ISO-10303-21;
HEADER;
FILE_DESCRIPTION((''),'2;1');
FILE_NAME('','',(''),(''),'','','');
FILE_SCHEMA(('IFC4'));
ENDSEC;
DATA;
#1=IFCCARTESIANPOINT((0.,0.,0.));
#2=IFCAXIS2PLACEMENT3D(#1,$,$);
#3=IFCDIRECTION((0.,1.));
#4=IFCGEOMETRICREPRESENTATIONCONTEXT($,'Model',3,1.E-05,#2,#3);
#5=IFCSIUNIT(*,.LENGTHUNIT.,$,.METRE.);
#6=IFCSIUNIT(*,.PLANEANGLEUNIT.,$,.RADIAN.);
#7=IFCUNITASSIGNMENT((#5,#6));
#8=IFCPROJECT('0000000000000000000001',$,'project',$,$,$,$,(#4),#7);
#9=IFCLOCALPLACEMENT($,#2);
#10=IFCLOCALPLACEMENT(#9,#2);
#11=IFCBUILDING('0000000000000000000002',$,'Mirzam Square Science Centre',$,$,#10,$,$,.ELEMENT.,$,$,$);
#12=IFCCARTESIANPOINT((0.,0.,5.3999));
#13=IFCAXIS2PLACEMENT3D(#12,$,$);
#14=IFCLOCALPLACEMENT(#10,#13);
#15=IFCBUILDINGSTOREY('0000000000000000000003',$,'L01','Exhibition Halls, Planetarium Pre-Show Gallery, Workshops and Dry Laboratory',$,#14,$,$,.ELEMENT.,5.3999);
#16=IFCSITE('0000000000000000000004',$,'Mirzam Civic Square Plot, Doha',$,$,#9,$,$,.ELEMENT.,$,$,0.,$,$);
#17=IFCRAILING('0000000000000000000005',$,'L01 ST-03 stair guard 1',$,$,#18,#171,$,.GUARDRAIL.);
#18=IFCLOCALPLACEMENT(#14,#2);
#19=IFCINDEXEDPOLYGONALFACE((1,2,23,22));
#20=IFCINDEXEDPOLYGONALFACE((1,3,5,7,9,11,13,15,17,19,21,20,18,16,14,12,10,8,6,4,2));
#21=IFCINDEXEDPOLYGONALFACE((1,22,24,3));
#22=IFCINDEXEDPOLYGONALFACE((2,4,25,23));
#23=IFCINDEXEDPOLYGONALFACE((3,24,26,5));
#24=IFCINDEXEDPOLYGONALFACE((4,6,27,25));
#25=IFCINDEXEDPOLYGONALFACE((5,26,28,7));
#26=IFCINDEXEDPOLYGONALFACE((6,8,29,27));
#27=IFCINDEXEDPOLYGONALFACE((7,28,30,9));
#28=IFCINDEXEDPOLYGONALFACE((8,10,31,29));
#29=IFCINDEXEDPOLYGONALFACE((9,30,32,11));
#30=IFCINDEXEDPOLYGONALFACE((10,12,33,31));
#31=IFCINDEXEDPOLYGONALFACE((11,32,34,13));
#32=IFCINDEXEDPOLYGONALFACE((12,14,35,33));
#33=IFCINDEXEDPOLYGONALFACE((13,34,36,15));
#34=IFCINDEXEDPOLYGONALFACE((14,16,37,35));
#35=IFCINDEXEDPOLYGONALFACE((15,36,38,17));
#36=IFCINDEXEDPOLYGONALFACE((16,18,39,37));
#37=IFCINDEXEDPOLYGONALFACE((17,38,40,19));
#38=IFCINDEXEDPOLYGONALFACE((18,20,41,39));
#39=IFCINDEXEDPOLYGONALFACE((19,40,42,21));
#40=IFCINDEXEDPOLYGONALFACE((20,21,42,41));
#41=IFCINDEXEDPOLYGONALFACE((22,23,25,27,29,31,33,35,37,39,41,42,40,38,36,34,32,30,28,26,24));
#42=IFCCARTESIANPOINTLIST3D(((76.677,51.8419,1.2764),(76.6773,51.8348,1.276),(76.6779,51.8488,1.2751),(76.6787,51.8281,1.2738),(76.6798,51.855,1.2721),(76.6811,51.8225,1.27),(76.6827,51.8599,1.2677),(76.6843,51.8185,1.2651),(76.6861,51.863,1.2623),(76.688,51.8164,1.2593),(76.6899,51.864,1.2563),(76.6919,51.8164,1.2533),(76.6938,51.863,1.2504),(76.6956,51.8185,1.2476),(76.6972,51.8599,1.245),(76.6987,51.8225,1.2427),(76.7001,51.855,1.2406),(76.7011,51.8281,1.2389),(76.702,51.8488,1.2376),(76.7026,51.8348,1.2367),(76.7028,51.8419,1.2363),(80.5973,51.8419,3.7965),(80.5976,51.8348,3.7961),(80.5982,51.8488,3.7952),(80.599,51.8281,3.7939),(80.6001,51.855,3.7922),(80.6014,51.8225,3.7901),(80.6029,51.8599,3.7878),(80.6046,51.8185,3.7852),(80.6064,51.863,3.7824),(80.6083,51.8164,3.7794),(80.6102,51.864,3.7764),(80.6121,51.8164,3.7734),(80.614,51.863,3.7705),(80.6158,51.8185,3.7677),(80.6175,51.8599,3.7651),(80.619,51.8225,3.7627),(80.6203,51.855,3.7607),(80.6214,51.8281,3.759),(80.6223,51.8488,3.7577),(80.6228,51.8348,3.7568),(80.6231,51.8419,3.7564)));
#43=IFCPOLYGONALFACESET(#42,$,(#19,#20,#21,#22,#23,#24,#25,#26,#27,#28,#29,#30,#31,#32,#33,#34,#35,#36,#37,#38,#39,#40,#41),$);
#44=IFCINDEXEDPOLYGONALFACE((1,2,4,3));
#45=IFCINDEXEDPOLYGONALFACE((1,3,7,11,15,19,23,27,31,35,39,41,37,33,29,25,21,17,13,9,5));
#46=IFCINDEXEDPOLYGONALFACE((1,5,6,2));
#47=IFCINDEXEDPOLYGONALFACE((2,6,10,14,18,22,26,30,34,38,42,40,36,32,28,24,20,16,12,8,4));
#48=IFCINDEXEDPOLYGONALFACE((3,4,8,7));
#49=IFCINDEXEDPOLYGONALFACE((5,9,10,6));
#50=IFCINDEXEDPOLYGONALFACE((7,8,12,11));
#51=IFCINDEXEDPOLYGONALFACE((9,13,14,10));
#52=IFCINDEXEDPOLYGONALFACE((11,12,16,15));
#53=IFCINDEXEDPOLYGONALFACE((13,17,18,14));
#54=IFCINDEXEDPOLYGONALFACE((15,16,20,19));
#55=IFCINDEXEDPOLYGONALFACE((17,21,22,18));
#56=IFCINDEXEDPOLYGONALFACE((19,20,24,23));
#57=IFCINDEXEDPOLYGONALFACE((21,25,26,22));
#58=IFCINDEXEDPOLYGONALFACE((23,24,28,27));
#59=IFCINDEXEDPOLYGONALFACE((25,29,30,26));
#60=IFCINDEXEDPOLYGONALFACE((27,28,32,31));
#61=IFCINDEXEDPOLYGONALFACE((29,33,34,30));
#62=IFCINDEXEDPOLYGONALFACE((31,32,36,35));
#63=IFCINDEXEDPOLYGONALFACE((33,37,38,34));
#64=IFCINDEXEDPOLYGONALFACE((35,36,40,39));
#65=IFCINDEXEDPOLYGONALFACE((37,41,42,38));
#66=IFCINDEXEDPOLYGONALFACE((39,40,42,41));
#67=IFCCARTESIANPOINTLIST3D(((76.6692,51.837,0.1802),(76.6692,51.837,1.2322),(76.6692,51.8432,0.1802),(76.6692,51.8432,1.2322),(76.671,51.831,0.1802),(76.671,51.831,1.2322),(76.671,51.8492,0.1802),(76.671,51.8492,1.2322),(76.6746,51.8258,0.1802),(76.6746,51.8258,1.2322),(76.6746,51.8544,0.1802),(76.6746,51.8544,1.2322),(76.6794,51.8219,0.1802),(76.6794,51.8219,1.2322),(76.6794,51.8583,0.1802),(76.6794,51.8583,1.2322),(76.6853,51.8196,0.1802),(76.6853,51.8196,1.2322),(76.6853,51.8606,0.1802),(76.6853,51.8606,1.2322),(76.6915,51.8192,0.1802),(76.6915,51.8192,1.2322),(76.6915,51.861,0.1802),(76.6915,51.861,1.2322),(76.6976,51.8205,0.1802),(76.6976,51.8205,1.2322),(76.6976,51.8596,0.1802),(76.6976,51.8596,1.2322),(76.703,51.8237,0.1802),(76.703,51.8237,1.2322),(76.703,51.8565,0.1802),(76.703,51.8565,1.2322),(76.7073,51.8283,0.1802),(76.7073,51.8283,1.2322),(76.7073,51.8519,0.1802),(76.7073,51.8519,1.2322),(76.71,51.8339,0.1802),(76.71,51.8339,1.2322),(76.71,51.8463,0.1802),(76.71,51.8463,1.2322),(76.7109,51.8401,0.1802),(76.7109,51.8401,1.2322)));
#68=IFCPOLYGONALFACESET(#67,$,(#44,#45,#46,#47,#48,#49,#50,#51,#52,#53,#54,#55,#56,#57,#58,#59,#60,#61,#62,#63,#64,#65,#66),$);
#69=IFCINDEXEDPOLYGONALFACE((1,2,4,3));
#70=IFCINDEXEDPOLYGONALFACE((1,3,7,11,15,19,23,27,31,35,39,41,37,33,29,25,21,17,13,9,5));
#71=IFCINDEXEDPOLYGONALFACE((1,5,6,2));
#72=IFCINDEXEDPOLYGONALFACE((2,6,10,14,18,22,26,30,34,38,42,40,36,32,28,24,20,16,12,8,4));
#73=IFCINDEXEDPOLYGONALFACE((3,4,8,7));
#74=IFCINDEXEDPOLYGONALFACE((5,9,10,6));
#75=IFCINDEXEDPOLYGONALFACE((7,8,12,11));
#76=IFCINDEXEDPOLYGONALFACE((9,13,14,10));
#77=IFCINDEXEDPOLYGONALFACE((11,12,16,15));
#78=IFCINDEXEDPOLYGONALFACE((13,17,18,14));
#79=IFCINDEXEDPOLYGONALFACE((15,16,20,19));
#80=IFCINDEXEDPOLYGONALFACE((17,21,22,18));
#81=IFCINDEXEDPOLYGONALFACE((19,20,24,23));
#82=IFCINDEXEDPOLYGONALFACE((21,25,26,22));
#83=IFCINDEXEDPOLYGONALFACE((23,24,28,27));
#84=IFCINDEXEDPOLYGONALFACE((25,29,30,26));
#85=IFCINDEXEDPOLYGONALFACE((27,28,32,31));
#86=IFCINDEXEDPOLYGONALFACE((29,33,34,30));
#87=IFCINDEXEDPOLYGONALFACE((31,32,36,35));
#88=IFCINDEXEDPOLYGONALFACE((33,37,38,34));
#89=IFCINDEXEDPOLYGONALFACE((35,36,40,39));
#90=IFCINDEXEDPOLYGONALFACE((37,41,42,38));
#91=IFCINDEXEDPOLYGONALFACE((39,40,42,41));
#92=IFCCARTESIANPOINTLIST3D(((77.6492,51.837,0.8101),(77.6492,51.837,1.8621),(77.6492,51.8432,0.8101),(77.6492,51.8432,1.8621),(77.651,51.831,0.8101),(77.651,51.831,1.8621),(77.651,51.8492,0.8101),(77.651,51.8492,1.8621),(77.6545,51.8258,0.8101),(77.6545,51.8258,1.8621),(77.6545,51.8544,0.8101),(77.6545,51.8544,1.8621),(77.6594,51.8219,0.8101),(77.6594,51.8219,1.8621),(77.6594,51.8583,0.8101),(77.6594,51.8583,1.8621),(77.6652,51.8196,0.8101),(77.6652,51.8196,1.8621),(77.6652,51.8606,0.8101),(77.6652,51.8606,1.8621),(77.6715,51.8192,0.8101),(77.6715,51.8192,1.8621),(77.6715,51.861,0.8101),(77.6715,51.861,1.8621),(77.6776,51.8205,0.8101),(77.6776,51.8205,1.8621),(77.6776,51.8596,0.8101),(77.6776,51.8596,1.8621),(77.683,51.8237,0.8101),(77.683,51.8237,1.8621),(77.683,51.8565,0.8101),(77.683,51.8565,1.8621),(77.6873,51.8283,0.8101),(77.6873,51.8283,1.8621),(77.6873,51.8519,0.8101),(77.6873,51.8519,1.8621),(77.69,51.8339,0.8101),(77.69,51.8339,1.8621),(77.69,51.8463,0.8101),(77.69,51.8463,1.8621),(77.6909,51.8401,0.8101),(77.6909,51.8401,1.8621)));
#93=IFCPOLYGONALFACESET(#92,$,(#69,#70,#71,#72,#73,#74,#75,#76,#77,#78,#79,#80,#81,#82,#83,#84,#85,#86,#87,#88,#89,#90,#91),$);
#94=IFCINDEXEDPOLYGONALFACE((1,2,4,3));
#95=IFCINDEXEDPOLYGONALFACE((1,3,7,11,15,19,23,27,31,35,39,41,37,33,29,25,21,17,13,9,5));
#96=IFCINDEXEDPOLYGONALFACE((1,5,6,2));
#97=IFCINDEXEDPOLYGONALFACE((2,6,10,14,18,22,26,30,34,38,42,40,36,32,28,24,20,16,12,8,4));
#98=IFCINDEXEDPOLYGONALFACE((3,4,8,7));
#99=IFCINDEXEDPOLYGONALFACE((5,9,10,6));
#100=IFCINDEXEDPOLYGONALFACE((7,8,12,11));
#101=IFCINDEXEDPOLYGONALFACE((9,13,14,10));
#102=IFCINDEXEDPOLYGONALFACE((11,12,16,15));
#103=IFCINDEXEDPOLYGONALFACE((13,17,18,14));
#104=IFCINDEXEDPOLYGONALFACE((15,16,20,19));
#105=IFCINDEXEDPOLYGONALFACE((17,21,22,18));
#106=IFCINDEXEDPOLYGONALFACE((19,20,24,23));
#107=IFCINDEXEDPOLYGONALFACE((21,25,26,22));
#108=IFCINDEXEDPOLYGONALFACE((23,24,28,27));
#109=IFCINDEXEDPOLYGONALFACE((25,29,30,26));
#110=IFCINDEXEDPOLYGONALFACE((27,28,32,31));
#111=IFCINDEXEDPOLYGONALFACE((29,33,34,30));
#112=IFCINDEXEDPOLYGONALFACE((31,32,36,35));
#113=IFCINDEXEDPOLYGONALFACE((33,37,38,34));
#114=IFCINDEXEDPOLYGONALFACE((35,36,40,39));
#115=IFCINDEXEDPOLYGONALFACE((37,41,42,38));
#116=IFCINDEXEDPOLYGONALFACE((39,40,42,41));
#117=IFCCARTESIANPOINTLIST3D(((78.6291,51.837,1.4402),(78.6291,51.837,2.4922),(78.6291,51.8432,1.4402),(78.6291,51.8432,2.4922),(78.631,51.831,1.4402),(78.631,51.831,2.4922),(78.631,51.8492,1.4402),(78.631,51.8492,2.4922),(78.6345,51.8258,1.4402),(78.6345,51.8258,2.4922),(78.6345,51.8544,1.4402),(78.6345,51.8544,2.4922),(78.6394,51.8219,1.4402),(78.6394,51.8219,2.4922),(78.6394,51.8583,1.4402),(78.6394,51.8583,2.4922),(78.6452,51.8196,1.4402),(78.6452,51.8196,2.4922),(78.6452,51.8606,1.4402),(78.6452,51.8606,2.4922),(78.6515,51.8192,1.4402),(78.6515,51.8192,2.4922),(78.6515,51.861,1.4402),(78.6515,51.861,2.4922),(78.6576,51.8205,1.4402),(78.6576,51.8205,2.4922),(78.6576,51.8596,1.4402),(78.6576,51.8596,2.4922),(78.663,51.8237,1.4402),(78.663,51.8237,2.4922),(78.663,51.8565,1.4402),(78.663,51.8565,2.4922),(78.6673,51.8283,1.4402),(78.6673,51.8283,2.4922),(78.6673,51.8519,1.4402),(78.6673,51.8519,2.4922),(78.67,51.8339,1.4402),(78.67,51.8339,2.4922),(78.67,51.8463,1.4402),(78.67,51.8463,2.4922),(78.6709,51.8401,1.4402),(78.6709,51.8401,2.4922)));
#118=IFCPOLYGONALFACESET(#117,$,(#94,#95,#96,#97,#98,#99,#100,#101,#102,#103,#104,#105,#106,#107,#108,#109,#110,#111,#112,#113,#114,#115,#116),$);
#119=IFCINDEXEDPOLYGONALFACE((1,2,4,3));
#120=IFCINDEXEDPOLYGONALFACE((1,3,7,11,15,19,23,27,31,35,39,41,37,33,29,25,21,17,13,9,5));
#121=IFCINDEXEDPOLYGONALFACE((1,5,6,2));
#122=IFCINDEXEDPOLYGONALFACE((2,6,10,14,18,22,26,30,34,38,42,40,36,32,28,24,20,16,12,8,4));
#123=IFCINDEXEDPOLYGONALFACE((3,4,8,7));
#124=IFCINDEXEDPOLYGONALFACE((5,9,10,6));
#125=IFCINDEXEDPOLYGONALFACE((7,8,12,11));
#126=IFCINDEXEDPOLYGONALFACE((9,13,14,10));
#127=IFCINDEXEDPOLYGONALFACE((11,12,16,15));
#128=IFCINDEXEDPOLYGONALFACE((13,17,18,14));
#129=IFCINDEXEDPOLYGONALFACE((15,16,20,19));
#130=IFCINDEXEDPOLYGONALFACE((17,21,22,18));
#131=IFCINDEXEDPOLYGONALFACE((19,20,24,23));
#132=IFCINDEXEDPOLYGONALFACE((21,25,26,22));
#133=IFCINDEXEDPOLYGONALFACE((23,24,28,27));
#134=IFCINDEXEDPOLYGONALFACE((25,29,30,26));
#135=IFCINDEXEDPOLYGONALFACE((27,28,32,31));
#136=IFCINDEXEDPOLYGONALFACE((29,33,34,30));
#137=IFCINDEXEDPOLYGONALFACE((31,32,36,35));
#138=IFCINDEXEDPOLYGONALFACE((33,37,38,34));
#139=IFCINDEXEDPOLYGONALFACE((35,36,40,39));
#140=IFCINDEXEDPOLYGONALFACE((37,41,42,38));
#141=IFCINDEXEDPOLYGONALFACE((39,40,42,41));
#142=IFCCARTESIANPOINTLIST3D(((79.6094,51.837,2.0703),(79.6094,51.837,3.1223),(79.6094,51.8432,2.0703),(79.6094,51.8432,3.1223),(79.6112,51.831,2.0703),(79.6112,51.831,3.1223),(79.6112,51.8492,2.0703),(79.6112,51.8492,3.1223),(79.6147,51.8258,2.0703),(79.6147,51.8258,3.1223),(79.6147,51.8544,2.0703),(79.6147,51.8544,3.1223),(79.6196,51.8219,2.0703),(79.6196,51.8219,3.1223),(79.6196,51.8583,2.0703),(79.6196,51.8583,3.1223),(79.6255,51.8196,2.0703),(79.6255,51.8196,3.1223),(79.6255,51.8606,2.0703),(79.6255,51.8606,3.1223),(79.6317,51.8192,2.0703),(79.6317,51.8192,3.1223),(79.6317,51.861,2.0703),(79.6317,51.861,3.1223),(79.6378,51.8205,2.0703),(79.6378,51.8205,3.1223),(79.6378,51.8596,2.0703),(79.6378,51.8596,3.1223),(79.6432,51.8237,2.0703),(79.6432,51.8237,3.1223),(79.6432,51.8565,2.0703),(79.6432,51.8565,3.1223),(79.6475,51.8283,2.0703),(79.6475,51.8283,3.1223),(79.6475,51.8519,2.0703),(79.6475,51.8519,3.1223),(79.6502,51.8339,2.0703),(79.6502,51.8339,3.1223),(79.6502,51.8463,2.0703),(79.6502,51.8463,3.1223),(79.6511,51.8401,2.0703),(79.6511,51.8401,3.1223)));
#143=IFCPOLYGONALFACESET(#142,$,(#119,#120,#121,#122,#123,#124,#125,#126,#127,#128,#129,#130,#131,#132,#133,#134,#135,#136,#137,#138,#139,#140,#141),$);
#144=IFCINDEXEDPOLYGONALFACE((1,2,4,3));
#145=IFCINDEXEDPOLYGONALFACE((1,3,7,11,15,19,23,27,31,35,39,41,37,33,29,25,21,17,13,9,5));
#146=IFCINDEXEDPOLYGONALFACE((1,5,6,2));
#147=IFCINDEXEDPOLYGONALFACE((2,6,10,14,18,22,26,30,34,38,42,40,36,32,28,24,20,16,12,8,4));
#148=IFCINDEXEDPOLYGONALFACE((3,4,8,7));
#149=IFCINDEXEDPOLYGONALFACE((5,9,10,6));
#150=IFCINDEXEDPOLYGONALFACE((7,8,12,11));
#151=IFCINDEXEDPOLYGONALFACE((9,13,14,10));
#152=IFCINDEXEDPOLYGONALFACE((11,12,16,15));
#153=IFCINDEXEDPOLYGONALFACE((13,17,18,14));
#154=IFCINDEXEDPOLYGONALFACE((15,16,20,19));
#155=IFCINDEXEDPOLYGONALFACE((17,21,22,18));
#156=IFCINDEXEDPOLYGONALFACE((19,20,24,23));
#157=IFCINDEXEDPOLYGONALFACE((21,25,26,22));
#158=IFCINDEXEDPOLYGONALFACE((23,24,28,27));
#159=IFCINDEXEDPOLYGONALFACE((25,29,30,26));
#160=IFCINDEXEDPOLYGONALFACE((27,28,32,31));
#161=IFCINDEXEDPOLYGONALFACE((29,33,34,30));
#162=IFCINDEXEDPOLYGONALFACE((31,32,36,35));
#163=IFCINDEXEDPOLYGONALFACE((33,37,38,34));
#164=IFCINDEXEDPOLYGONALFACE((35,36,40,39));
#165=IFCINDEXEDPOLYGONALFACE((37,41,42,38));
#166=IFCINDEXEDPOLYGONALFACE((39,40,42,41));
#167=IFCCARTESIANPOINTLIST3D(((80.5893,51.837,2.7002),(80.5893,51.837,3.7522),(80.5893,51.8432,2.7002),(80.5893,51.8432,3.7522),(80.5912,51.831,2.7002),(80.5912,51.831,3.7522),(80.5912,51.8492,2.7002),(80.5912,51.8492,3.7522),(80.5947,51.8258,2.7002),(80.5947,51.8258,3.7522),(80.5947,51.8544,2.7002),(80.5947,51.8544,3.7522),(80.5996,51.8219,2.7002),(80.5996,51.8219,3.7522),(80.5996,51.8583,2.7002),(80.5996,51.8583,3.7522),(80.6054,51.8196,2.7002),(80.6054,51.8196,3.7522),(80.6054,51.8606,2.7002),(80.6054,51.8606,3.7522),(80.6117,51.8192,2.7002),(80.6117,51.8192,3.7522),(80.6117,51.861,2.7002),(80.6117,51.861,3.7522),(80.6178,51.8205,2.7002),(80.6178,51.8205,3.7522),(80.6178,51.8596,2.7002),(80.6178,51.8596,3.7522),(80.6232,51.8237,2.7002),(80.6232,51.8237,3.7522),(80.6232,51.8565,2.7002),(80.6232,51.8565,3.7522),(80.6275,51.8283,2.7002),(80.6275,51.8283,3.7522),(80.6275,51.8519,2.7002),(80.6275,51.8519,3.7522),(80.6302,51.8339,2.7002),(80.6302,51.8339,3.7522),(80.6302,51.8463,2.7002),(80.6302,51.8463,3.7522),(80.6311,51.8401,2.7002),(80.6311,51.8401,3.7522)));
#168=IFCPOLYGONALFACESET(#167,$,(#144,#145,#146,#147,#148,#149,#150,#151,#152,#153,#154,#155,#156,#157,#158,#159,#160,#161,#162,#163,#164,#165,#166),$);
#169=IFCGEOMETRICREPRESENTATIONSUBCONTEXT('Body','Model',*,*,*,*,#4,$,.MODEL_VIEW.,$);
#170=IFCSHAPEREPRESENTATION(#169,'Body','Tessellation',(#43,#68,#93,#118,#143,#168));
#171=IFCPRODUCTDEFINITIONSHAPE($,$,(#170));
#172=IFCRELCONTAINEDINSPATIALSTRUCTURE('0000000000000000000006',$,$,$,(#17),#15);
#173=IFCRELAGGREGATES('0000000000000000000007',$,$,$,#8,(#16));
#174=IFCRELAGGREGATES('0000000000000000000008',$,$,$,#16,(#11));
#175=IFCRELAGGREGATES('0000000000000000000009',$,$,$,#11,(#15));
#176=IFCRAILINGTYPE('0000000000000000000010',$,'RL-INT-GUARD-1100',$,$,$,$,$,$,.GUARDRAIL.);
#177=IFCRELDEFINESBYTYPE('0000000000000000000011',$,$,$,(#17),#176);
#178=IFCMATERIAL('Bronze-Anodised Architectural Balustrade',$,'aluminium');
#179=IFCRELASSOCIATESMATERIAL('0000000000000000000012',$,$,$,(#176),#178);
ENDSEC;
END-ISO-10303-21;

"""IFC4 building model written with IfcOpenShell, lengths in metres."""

from ifc_helpers import new_model, si_unit, direction, frame, origin, origin_2d, place, context, subcontext, project, spatial, circle, extrude, material, type_object, element, save


model = new_model("IFC4")

# Units and contexts
model_context = context("Model", 3, precision=1e-05, world=origin(), true_north=direction((0.0, 1.0)))
body_context = subcontext(model_context, "Body", "Model", "MODEL_VIEW")
ifc_project = project(units=[si_unit("LENGTHUNIT", "METRE"), si_unit("PLANEANGLEUNIT", "RADIAN")], contexts=[model_context])

# Site, building, storey
site_placement = place(None, origin())
site = spatial("IfcSite", under=ifc_project, at=site_placement, Name="Mirzam Civic Square Plot, Doha", CompositionType="ELEMENT", RefElevation=0.0)
building_placement = place(site_placement, origin())
building = spatial("IfcBuilding", under=site, at=building_placement, Name="Mirzam Square Science Centre", CompositionType="ELEMENT")
storey_placement = place(building_placement, frame((0.0, 0.0, 5.3999)))
storey = spatial("IfcBuildingStorey", under=building, at=storey_placement, Name="L01", Description="Exhibition Halls, Planetarium Pre-Show Gallery, Workshops and Dry Laboratory", CompositionType="ELEMENT", Elevation=5.3999)

# Railing
ifc_material_1 = material(Name="Bronze-Anodised Architectural Balustrade", Category="aluminium")
railing_type_1 = type_object("IfcRailingType", Name="RL-INT-GUARD-1100", PredefinedType="GUARDRAIL", material=ifc_material_1)
railing_1_placement = place(storey_placement, frame((76.6899, 51.8401, 0.1802)))
element("IfcRailing", 1, at=railing_1_placement, inside=storey, type_object=railing_type_1, Name="L01 ST-03 stair guard 1", PredefinedType="GUARDRAIL", context=body_context, shape_type="SweptSolid", body=[
    extrude(circle(Radius=0.0239, at=origin_2d()), frame((0.0, 0.0, 1.0762), z_axis=(0.841187, 0.0, 0.540744), x_axis=(0.0, 1.0, 0.0)), (0.0, 0.0, 1.0), 4.6604),
    extrude(circle(Radius=0.021, at=origin_2d()), origin(), (0.0, 0.0, 1.0), 1.052),
    extrude(circle(Radius=0.021, at=origin_2d()), frame((0.98, 0.0, 0.6299)), (0.0, 0.0, 1.0), 1.052),
    extrude(circle(Radius=0.021, at=origin_2d()), frame((1.96, 0.0, 1.26)), (0.0, 0.0, 1.0), 1.052),
    extrude(circle(Radius=0.021, at=origin_2d()), frame((2.9402, 0.0, 1.8901)), (0.0, 0.0, 1.0), 1.052),
    extrude(circle(Radius=0.021, at=origin_2d()), frame((3.9202, 0.0, 2.52)), (0.0, 0.0, 1.0), 1.052),
])

save(model, "model.ifc")
